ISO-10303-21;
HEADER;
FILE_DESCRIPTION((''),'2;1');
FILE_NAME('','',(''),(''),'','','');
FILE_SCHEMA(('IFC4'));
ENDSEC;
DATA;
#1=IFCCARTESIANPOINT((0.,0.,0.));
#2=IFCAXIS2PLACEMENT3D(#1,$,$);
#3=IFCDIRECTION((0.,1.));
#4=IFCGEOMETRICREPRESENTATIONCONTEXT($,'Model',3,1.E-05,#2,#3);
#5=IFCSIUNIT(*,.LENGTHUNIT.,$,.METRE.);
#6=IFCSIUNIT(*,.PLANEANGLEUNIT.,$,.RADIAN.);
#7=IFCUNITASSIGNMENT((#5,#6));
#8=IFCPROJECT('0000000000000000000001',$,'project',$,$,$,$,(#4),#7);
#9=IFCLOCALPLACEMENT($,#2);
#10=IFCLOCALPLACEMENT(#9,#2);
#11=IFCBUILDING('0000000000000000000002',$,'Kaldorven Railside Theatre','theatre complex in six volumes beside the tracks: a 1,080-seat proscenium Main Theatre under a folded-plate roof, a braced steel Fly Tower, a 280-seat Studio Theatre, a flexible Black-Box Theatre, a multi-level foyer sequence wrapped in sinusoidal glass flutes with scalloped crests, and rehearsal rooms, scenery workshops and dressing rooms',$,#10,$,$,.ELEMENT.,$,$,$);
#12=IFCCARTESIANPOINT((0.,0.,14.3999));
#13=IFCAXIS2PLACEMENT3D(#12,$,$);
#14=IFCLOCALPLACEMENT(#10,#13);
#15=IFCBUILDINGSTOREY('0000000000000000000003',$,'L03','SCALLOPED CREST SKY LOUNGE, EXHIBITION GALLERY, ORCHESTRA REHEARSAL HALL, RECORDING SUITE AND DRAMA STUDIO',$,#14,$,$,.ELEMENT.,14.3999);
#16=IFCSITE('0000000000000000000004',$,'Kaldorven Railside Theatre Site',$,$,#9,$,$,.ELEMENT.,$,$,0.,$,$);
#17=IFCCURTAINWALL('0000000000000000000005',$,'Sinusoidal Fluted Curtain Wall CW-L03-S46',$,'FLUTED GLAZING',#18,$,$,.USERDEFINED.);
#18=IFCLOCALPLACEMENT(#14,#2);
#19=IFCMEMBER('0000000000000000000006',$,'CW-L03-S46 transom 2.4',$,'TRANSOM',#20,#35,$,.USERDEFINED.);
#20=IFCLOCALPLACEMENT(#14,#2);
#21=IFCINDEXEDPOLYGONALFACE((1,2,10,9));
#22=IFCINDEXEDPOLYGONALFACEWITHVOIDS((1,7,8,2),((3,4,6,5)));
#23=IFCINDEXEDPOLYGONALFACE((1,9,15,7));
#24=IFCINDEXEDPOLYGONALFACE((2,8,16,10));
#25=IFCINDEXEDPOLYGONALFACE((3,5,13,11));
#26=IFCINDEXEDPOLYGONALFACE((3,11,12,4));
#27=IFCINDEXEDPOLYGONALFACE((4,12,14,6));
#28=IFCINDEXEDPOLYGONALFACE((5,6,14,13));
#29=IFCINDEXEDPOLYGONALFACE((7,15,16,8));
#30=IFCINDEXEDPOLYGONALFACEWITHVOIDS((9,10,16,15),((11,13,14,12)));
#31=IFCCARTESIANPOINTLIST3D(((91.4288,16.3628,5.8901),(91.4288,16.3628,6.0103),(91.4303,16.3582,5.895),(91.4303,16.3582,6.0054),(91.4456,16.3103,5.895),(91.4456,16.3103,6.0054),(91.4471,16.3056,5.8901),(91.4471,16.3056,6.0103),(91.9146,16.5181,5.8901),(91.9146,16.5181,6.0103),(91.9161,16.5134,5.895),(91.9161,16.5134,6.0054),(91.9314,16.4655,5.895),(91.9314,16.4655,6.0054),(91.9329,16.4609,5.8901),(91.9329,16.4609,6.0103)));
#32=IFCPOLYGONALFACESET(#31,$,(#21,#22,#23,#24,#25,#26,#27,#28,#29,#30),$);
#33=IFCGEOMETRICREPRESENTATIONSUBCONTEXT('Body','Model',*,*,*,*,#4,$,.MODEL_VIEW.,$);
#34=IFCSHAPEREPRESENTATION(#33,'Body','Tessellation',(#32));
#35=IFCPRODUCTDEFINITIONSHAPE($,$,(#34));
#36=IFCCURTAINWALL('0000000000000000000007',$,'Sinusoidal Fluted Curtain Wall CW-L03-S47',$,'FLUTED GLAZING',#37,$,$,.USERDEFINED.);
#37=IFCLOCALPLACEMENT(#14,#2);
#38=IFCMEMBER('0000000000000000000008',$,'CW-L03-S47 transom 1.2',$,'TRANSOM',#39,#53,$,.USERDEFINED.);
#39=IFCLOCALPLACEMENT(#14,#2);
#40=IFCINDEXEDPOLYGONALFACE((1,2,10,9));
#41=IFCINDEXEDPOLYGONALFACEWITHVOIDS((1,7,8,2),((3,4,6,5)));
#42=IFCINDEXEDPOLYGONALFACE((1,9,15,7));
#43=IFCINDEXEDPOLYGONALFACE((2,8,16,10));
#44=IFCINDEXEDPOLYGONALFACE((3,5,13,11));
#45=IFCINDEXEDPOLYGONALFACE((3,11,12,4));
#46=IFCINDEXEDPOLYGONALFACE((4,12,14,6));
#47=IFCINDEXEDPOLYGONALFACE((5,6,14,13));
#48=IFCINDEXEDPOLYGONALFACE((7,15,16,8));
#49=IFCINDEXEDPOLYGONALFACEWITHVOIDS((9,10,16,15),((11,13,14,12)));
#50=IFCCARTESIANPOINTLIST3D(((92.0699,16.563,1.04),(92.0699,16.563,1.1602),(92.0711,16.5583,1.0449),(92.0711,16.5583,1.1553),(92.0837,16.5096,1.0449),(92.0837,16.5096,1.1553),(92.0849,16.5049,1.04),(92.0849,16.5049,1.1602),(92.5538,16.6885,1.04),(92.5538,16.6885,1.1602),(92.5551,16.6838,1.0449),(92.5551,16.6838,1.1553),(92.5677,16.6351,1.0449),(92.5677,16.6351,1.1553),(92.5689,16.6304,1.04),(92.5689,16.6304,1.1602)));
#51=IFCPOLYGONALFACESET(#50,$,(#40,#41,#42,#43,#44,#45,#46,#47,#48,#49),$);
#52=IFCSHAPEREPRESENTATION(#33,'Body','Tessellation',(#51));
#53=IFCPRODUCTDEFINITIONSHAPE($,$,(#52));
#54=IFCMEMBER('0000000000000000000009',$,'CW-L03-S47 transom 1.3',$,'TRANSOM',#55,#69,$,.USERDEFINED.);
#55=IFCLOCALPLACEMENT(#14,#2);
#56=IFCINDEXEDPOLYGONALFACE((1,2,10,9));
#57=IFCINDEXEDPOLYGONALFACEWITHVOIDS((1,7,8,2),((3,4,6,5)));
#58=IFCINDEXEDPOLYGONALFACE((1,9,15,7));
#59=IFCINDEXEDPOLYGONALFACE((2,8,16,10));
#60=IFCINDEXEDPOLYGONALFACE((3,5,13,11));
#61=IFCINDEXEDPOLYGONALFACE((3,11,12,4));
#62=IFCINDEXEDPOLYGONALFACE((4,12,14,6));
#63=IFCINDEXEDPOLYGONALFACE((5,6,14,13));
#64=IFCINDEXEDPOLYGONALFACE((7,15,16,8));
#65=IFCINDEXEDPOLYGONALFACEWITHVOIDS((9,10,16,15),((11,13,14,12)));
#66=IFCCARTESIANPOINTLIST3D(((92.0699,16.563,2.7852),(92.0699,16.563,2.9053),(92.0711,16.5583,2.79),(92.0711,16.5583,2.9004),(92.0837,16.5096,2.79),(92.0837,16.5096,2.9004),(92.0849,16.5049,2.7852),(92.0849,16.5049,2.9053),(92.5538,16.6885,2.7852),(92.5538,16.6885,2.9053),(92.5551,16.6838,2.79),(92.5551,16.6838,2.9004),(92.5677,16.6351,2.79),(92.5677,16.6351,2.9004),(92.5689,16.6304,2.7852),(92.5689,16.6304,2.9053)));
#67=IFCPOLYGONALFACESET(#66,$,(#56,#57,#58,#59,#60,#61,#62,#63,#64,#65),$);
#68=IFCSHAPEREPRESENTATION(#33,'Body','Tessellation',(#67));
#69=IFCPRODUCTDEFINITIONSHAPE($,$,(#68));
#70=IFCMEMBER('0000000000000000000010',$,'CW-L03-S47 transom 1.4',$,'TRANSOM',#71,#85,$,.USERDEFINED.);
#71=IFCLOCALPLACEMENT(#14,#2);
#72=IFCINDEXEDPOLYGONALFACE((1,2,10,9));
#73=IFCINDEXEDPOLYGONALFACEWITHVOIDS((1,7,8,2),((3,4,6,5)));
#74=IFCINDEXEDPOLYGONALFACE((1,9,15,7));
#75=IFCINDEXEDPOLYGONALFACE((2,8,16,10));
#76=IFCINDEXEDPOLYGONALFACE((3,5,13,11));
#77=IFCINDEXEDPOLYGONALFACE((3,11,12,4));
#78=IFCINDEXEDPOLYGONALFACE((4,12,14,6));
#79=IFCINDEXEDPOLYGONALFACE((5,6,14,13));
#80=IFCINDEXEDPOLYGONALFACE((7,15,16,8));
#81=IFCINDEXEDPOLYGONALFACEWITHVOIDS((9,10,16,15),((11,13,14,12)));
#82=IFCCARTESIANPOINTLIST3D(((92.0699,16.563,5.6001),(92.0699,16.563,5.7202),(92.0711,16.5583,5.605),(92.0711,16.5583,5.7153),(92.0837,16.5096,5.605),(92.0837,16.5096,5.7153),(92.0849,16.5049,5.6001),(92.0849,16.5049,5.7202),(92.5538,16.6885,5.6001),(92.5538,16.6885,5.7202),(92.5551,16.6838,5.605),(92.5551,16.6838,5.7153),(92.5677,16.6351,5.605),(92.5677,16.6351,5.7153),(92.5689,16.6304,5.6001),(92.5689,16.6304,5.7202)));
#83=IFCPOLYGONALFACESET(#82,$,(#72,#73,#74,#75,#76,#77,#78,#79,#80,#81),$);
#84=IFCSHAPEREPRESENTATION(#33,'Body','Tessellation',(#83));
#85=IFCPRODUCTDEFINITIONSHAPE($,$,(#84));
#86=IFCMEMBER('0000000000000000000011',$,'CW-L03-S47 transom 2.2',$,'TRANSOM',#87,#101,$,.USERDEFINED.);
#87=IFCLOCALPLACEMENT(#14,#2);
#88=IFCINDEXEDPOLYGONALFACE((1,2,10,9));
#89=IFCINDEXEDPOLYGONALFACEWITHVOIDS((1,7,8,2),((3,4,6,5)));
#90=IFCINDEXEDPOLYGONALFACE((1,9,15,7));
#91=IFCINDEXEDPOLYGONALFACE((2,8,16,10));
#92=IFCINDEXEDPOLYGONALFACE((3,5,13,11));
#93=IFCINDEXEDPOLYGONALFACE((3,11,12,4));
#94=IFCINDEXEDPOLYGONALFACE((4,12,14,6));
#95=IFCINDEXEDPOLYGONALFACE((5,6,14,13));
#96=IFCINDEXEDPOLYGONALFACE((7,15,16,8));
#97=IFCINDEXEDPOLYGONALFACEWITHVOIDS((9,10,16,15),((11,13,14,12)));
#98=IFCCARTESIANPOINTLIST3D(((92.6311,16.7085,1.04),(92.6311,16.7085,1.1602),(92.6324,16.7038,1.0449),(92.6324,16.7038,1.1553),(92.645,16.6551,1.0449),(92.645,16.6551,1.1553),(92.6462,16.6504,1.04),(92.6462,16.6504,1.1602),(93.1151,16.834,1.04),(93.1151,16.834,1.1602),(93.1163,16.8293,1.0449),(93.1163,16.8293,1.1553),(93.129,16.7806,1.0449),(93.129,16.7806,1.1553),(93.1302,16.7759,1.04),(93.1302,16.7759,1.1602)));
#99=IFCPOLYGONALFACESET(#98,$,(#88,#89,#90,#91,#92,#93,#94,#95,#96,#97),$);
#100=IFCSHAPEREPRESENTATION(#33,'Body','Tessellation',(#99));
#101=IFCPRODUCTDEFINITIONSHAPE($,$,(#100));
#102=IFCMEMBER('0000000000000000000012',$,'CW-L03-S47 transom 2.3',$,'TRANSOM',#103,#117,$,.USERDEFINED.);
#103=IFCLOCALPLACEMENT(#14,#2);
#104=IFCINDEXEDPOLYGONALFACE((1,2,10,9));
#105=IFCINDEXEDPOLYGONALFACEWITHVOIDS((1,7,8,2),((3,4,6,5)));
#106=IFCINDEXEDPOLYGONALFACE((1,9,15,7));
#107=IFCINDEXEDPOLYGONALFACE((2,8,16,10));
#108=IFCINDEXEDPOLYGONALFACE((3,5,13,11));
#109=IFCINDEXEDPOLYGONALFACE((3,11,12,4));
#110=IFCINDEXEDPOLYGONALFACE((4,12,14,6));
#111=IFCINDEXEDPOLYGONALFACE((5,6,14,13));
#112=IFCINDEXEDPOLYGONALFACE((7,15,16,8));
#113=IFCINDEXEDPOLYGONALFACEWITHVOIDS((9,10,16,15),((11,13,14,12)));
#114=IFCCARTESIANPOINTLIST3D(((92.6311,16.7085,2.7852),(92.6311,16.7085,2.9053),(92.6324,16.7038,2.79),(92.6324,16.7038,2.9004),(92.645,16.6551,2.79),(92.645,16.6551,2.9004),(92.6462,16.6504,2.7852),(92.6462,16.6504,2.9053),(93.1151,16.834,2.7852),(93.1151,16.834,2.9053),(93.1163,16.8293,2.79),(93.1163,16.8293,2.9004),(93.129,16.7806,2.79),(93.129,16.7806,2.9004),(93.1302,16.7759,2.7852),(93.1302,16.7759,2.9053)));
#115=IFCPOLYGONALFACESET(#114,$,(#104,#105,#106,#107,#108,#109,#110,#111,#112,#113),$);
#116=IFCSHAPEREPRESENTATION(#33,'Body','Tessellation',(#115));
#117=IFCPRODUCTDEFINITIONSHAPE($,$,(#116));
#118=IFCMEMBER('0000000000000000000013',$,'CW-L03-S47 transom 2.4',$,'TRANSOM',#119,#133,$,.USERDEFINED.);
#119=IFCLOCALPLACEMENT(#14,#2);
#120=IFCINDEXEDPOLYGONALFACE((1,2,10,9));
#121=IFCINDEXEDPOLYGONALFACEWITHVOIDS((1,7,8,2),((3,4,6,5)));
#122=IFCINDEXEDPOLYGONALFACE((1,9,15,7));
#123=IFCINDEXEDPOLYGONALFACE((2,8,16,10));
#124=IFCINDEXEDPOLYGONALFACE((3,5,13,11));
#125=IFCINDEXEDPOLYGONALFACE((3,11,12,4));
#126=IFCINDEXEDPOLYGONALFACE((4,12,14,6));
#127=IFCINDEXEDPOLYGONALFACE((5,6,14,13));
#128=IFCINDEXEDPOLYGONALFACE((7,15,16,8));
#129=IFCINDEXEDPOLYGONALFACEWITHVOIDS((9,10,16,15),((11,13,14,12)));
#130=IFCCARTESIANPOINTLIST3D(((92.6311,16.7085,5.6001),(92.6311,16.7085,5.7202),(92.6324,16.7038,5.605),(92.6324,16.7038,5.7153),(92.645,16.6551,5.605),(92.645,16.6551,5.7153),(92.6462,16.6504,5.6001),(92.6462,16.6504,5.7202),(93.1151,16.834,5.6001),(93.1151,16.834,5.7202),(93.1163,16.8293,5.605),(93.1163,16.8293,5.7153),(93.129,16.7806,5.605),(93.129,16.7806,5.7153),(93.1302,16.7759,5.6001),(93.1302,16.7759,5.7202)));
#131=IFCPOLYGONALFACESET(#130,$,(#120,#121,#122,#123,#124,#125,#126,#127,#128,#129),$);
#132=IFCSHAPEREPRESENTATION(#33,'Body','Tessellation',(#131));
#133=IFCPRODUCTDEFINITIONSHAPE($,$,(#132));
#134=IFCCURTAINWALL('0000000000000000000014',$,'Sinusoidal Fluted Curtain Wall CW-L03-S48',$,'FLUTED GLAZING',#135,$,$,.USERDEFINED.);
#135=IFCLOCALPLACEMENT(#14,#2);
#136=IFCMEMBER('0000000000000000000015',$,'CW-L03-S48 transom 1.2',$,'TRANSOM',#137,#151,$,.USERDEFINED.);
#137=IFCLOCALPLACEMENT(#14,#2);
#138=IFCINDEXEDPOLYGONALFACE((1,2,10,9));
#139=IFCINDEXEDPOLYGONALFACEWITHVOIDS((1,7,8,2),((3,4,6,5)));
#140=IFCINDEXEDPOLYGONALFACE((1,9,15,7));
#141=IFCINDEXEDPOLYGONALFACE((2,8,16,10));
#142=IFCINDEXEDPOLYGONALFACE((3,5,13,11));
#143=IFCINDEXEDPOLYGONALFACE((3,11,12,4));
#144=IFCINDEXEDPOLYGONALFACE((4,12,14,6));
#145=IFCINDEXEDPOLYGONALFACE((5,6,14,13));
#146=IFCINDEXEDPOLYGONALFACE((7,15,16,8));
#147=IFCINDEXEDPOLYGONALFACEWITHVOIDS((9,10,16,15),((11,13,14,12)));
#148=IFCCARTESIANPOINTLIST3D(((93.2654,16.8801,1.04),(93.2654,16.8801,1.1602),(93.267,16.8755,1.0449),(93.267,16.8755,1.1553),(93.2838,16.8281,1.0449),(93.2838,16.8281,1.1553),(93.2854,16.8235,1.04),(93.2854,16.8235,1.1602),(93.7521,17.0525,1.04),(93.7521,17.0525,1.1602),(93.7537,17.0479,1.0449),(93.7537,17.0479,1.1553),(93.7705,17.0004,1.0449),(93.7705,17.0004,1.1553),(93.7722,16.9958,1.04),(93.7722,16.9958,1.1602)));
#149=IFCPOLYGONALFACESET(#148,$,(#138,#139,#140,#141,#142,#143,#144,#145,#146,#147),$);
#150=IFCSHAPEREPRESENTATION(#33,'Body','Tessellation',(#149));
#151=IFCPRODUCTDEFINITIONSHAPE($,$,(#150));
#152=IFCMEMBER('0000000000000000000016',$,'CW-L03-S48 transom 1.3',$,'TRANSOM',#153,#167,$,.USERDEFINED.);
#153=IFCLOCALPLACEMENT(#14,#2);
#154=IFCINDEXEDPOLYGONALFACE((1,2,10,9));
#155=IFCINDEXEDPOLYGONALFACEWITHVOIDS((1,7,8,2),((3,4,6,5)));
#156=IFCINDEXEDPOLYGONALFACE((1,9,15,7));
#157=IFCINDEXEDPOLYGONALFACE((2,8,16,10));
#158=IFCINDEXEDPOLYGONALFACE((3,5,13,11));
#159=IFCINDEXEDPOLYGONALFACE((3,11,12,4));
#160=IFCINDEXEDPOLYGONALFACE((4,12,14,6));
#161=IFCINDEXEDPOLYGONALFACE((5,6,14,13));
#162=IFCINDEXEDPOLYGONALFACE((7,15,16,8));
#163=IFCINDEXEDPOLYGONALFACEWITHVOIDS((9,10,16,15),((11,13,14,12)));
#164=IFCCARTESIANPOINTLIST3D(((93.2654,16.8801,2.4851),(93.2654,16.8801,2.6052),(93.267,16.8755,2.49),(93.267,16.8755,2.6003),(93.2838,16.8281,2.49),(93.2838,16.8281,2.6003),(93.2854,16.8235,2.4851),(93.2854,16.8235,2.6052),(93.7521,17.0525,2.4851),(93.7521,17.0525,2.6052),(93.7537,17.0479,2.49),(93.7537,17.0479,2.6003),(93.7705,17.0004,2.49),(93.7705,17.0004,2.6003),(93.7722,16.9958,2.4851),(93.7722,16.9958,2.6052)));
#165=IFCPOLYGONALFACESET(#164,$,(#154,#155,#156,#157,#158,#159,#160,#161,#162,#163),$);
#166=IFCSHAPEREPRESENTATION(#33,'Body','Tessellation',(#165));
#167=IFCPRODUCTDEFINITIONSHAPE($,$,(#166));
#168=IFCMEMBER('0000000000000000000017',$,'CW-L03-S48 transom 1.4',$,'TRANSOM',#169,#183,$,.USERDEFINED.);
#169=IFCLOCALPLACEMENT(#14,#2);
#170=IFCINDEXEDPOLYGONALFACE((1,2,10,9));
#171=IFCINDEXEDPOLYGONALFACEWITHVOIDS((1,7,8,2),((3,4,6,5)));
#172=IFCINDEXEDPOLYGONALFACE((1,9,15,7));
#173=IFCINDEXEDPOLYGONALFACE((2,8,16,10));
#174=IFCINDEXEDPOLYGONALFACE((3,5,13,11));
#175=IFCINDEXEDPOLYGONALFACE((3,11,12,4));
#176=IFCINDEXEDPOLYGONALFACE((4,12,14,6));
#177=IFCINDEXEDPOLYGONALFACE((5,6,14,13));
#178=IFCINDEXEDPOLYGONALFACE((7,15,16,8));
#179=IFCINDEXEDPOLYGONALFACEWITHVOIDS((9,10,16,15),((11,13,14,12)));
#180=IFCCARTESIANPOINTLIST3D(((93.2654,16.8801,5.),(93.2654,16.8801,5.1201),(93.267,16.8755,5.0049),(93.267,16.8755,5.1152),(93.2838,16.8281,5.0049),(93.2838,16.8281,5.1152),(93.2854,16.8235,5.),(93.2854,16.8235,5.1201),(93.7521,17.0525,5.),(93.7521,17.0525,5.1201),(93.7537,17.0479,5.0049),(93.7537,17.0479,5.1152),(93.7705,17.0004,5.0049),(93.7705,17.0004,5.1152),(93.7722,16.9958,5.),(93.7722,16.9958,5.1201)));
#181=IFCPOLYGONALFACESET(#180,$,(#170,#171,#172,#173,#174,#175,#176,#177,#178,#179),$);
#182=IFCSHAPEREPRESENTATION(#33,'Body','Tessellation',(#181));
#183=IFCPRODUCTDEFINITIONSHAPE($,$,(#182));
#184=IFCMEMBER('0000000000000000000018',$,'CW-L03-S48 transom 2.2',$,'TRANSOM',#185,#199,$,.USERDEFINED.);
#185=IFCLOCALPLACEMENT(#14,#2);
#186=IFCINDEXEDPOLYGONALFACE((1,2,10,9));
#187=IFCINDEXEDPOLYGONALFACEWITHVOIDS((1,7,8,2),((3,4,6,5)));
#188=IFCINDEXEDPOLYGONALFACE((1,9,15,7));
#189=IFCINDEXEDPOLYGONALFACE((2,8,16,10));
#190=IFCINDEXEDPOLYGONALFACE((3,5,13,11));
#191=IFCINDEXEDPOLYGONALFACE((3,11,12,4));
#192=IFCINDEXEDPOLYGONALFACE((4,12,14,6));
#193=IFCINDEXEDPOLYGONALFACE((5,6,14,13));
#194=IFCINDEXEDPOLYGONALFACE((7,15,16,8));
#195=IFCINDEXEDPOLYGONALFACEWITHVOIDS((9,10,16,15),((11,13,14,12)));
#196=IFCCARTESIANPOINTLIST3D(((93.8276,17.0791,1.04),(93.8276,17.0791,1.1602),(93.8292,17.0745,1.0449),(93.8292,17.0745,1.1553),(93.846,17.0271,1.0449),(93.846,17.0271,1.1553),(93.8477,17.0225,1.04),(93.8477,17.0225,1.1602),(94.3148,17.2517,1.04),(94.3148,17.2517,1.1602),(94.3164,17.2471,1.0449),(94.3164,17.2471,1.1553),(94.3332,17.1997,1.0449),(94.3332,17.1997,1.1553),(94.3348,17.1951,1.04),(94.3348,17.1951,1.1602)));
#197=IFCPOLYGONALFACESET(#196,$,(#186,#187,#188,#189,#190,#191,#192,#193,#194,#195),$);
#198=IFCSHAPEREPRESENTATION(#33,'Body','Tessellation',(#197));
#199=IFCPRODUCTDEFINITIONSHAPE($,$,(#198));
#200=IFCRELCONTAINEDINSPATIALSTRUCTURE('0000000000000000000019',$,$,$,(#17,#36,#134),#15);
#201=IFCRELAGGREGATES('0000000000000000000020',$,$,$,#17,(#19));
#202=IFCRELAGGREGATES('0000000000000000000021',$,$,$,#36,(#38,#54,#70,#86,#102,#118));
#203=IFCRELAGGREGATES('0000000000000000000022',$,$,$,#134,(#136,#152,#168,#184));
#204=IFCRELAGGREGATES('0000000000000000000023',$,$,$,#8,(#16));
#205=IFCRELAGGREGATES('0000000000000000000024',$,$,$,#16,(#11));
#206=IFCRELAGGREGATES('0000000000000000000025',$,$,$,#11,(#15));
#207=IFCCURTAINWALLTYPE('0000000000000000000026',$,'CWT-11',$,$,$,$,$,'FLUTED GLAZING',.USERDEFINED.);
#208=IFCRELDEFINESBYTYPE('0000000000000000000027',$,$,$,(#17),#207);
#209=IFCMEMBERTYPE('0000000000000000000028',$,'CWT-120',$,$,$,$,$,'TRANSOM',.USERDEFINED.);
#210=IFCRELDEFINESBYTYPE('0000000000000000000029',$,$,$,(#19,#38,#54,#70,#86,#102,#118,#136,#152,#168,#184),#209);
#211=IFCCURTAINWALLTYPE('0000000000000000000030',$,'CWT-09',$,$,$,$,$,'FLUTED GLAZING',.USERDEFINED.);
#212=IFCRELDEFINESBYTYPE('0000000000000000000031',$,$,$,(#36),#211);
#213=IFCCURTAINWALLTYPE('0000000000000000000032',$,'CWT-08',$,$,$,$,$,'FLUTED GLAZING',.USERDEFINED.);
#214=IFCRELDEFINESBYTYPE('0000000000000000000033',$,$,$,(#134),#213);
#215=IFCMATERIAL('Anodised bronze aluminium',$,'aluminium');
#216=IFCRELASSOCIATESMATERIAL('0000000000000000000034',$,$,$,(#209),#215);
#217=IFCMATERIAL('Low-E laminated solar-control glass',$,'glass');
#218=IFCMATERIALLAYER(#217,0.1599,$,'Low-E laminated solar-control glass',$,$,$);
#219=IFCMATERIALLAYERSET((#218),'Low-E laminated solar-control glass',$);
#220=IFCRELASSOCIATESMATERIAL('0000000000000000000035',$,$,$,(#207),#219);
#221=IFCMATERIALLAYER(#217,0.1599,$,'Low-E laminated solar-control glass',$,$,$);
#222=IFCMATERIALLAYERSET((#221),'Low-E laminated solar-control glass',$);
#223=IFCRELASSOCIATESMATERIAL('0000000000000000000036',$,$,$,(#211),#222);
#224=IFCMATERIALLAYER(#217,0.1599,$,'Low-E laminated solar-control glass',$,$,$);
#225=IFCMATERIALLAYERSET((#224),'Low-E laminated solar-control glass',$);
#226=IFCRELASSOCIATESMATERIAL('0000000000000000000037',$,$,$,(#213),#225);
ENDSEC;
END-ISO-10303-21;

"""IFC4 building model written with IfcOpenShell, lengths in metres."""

from ifc_helpers import new_model, si_unit, direction, frame, origin, origin_2d, place, context, subcontext, project, spatial, hollow_rectangle, extrude, material, layer, layer_set, material_profile, profile_set, type_object, element, aggregate, save


model = new_model("IFC4")

# Units and contexts
model_context = context("Model", 3, precision=1e-05, world=origin(), true_north=direction((0.0, 1.0)))
body_context = subcontext(model_context, "Body", "Model", "MODEL_VIEW")
ifc_project = project(units=[si_unit("LENGTHUNIT", "METRE"), si_unit("PLANEANGLEUNIT", "RADIAN")], contexts=[model_context])

# Site, building, storey
site_placement = place(None, origin())
site = spatial("IfcSite", under=ifc_project, at=site_placement, Name="Kaldorven Railside Theatre Site", CompositionType="ELEMENT", RefElevation=0.0)
building_placement = place(site_placement, origin())
building = spatial("IfcBuilding", under=site, at=building_placement, Name="Kaldorven Railside Theatre", Description="theatre complex in six volumes beside the tracks: a 1,080-seat proscenium Main Theatre under a folded-plate roof, a braced steel Fly Tower, a 280-seat Studio Theatre, a flexible Black-Box Theatre, a multi-level foyer sequence wrapped in sinusoidal glass flutes with scalloped crests, and rehearsal rooms, scenery workshops and dressing rooms", CompositionType="ELEMENT")
storey_placement = place(building_placement, frame((0.0, 0.0, 14.3999)))
storey = spatial("IfcBuildingStorey", under=building, at=storey_placement, Name="L03", Description="SCALLOPED CREST SKY LOUNGE, EXHIBITION GALLERY, ORCHESTRA REHEARSAL HALL, RECORDING SUITE AND DRAMA STUDIO", CompositionType="ELEMENT", Elevation=14.3999)

# Curtain walls, members
ifc_material_1 = material(Name="Low-E laminated solar-control glass", Category="glass")
ifc_material_2 = material(Name="Anodised bronze aluminium", Category="aluminium")
ifc_material_profile = material_profile(ifc_material_2, hollow_rectangle(XDim=0.0601, YDim=0.1201, WallThickness=0.0049, at=origin_2d()), Name="RHS 120x60x5")
ifc_profile_set = profile_set([ifc_material_profile], Name="Anodised bronze aluminium")
member_type = type_object("IfcMemberType", Name="CWT-120", ElementType="TRANSOM", PredefinedType="USERDEFINED", material=ifc_profile_set)
ifc_layer_1 = layer(ifc_material_1, 0.1599, Name="Low-E laminated solar-control glass")
ifc_layer_set_1 = layer_set([ifc_layer_1], Name="Low-E laminated solar-control glass")
curtain_wall_type_1 = type_object("IfcCurtainWallType", Name="CWT-11", ElementType="FLUTED GLAZING", PredefinedType="USERDEFINED", material=ifc_layer_set_1)
curtain_wall_1_placement = place(storey_placement, origin())
curtain_wall_1 = element("IfcCurtainWall", 1, at=curtain_wall_1_placement, inside=storey, type_object=curtain_wall_type_1, Name="Sinusoidal Fluted Curtain Wall CW-L03-S46", ObjectType="FLUTED GLAZING", PredefinedType="USERDEFINED")
member_1_placement = place(storey_placement, frame((91.438, 16.3342, 5.9502), z_axis=(0.952535, 0.304428, 0.0), x_axis=(-0.304428, 0.952535, 0.0)))
member_1 = element("IfcMember", 2, at=member_1_placement, type_object=member_type, Name="CW-L03-S46 transom 2.4", ObjectType="TRANSOM", PredefinedType="USERDEFINED", context=body_context, shape_type="SweptSolid", body=[
    extrude(hollow_rectangle(XDim=0.0601, YDim=0.1201, WallThickness=0.0049, at=origin_2d()), origin(), (0.0, 0.0, 1.0), 0.51),
])
ifc_layer_2 = layer(ifc_material_1, 0.1599, Name="Low-E laminated solar-control glass")
ifc_layer_set_2 = layer_set([ifc_layer_2], Name="Low-E laminated solar-control glass")
curtain_wall_type_2 = type_object("IfcCurtainWallType", Name="CWT-09", ElementType="FLUTED GLAZING", PredefinedType="USERDEFINED", material=ifc_layer_set_2)
curtain_wall_2_placement = place(storey_placement, origin())
curtain_wall_2 = element("IfcCurtainWall", 3, at=curtain_wall_2_placement, inside=storey, type_object=curtain_wall_type_2, Name="Sinusoidal Fluted Curtain Wall CW-L03-S47", ObjectType="FLUTED GLAZING", PredefinedType="USERDEFINED")
member_2_placement = place(storey_placement, frame((92.0774, 16.5339, 1.1001), z_axis=(0.967979, 0.25103, 0.0), x_axis=(-0.25103, 0.967979, 0.0)))
member_2 = element("IfcMember", 4, at=member_2_placement, type_object=member_type, Name="CW-L03-S47 transom 1.2", ObjectType="TRANSOM", PredefinedType="USERDEFINED", context=body_context, shape_type="SweptSolid", body=[
    extrude(hollow_rectangle(XDim=0.0601, YDim=0.1201, WallThickness=0.0049, at=origin_2d()), origin(), (0.0, 0.0, 1.0), 0.5),
])
member_3_placement = place(storey_placement, frame((92.0774, 16.5339, 2.8452), z_axis=(0.967979, 0.25103, 0.0), x_axis=(-0.25103, 0.967979, 0.0)))
member_3 = element("IfcMember", 5, at=member_3_placement, type_object=member_type, Name="CW-L03-S47 transom 1.3", ObjectType="TRANSOM", PredefinedType="USERDEFINED", context=body_context, shape_type="SweptSolid", body=[
    extrude(hollow_rectangle(XDim=0.0601, YDim=0.1201, WallThickness=0.0049, at=origin_2d()), origin(), (0.0, 0.0, 1.0), 0.5),
])
member_4_placement = place(storey_placement, frame((92.0774, 16.5339, 5.6602), z_axis=(0.967979, 0.25103, 0.0), x_axis=(-0.25103, 0.967979, 0.0)))
member_4 = element("IfcMember", 6, at=member_4_placement, type_object=member_type, Name="CW-L03-S47 transom 1.4", ObjectType="TRANSOM", PredefinedType="USERDEFINED", context=body_context, shape_type="SweptSolid", body=[
    extrude(hollow_rectangle(XDim=0.0601, YDim=0.1201, WallThickness=0.0049, at=origin_2d()), origin(), (0.0, 0.0, 1.0), 0.5),
])
member_5_placement = place(storey_placement, frame((92.6387, 16.6794, 1.1001), z_axis=(0.967979, 0.25103, 0.0), x_axis=(-0.25103, 0.967979, 0.0)))
member_5 = element("IfcMember", 7, at=member_5_placement, type_object=member_type, Name="CW-L03-S47 transom 2.2", ObjectType="TRANSOM", PredefinedType="USERDEFINED", context=body_context, shape_type="SweptSolid", body=[
    extrude(hollow_rectangle(XDim=0.0601, YDim=0.1201, WallThickness=0.0049, at=origin_2d()), origin(), (0.0, 0.0, 1.0), 0.5),
])
member_6_placement = place(storey_placement, frame((92.6387, 16.6794, 2.8452), z_axis=(0.967979, 0.25103, 0.0), x_axis=(-0.25103, 0.967979, 0.0)))
member_6 = element("IfcMember", 8, at=member_6_placement, type_object=member_type, Name="CW-L03-S47 transom 2.3", ObjectType="TRANSOM", PredefinedType="USERDEFINED", context=body_context, shape_type="SweptSolid", body=[
    extrude(hollow_rectangle(XDim=0.0601, YDim=0.1201, WallThickness=0.0049, at=origin_2d()), origin(), (0.0, 0.0, 1.0), 0.5),
])
member_7_placement = place(storey_placement, frame((92.6387, 16.6794, 5.6602), z_axis=(0.967979, 0.25103, 0.0), x_axis=(-0.25103, 0.967979, 0.0)))
member_7 = element("IfcMember", 9, at=member_7_placement, type_object=member_type, Name="CW-L03-S47 transom 2.4", ObjectType="TRANSOM", PredefinedType="USERDEFINED", context=body_context, shape_type="SweptSolid", body=[
    extrude(hollow_rectangle(XDim=0.0601, YDim=0.1201, WallThickness=0.0049, at=origin_2d()), origin(), (0.0, 0.0, 1.0), 0.5),
])
ifc_layer_3 = layer(ifc_material_1, 0.1599, Name="Low-E laminated solar-control glass")
ifc_layer_set_3 = layer_set([ifc_layer_3], Name="Low-E laminated solar-control glass")
curtain_wall_type_3 = type_object("IfcCurtainWallType", Name="CWT-08", ElementType="FLUTED GLAZING", PredefinedType="USERDEFINED", material=ifc_layer_set_3)
curtain_wall_3_placement = place(storey_placement, origin())
curtain_wall_3 = element("IfcCurtainWall", 10, at=curtain_wall_3_placement, inside=storey, type_object=curtain_wall_type_3, Name="Sinusoidal Fluted Curtain Wall CW-L03-S48", ObjectType="FLUTED GLAZING", PredefinedType="USERDEFINED")
member_8_placement = place(storey_placement, frame((93.2754, 16.8518, 1.1001), z_axis=(0.942658, 0.33376, 0.0), x_axis=(-0.33376, 0.942658, 0.0)))
member_8 = element("IfcMember", 11, at=member_8_placement, type_object=member_type, Name="CW-L03-S48 transom 1.2", ObjectType="TRANSOM", PredefinedType="USERDEFINED", context=body_context, shape_type="SweptSolid", body=[
    extrude(hollow_rectangle(XDim=0.0601, YDim=0.1201, WallThickness=0.0049, at=origin_2d()), origin(), (0.0, 0.0, 1.0), 0.5164),
])
member_9_placement = place(storey_placement, frame((93.2754, 16.8518, 2.5452), z_axis=(0.942658, 0.33376, 0.0), x_axis=(-0.33376, 0.942658, 0.0)))
member_9 = element("IfcMember", 12, at=member_9_placement, type_object=member_type, Name="CW-L03-S48 transom 1.3", ObjectType="TRANSOM", PredefinedType="USERDEFINED", context=body_context, shape_type="SweptSolid", body=[
    extrude(hollow_rectangle(XDim=0.0601, YDim=0.1201, WallThickness=0.0049, at=origin_2d()), origin(), (0.0, 0.0, 1.0), 0.5164),
])
member_10_placement = place(storey_placement, frame((93.2754, 16.8518, 5.0601), z_axis=(0.942658, 0.33376, 0.0), x_axis=(-0.33376, 0.942658, 0.0)))
member_10 = element("IfcMember", 13, at=member_10_placement, type_object=member_type, Name="CW-L03-S48 transom 1.4", ObjectType="TRANSOM", PredefinedType="USERDEFINED", context=body_context, shape_type="SweptSolid", body=[
    extrude(hollow_rectangle(XDim=0.0601, YDim=0.1201, WallThickness=0.0049, at=origin_2d()), origin(), (0.0, 0.0, 1.0), 0.5164),
])
member_11_placement = place(storey_placement, frame((93.8376, 17.0508, 1.1001), z_axis=(0.942562, 0.334031, 0.0), x_axis=(-0.334031, 0.942562, 0.0)))
member_11 = element("IfcMember", 14, at=member_11_placement, type_object=member_type, Name="CW-L03-S48 transom 2.2", ObjectType="TRANSOM", PredefinedType="USERDEFINED", context=body_context, shape_type="SweptSolid", body=[
    extrude(hollow_rectangle(XDim=0.0601, YDim=0.1201, WallThickness=0.0049, at=origin_2d()), origin(), (0.0, 0.0, 1.0), 0.5168),
])

aggregate(curtain_wall_1, [member_1])
aggregate(curtain_wall_2, [member_2, member_3, member_4, member_5, member_6, member_7])
aggregate(curtain_wall_3, [member_8, member_9, member_10, member_11])

save(model, "model.ifc")
